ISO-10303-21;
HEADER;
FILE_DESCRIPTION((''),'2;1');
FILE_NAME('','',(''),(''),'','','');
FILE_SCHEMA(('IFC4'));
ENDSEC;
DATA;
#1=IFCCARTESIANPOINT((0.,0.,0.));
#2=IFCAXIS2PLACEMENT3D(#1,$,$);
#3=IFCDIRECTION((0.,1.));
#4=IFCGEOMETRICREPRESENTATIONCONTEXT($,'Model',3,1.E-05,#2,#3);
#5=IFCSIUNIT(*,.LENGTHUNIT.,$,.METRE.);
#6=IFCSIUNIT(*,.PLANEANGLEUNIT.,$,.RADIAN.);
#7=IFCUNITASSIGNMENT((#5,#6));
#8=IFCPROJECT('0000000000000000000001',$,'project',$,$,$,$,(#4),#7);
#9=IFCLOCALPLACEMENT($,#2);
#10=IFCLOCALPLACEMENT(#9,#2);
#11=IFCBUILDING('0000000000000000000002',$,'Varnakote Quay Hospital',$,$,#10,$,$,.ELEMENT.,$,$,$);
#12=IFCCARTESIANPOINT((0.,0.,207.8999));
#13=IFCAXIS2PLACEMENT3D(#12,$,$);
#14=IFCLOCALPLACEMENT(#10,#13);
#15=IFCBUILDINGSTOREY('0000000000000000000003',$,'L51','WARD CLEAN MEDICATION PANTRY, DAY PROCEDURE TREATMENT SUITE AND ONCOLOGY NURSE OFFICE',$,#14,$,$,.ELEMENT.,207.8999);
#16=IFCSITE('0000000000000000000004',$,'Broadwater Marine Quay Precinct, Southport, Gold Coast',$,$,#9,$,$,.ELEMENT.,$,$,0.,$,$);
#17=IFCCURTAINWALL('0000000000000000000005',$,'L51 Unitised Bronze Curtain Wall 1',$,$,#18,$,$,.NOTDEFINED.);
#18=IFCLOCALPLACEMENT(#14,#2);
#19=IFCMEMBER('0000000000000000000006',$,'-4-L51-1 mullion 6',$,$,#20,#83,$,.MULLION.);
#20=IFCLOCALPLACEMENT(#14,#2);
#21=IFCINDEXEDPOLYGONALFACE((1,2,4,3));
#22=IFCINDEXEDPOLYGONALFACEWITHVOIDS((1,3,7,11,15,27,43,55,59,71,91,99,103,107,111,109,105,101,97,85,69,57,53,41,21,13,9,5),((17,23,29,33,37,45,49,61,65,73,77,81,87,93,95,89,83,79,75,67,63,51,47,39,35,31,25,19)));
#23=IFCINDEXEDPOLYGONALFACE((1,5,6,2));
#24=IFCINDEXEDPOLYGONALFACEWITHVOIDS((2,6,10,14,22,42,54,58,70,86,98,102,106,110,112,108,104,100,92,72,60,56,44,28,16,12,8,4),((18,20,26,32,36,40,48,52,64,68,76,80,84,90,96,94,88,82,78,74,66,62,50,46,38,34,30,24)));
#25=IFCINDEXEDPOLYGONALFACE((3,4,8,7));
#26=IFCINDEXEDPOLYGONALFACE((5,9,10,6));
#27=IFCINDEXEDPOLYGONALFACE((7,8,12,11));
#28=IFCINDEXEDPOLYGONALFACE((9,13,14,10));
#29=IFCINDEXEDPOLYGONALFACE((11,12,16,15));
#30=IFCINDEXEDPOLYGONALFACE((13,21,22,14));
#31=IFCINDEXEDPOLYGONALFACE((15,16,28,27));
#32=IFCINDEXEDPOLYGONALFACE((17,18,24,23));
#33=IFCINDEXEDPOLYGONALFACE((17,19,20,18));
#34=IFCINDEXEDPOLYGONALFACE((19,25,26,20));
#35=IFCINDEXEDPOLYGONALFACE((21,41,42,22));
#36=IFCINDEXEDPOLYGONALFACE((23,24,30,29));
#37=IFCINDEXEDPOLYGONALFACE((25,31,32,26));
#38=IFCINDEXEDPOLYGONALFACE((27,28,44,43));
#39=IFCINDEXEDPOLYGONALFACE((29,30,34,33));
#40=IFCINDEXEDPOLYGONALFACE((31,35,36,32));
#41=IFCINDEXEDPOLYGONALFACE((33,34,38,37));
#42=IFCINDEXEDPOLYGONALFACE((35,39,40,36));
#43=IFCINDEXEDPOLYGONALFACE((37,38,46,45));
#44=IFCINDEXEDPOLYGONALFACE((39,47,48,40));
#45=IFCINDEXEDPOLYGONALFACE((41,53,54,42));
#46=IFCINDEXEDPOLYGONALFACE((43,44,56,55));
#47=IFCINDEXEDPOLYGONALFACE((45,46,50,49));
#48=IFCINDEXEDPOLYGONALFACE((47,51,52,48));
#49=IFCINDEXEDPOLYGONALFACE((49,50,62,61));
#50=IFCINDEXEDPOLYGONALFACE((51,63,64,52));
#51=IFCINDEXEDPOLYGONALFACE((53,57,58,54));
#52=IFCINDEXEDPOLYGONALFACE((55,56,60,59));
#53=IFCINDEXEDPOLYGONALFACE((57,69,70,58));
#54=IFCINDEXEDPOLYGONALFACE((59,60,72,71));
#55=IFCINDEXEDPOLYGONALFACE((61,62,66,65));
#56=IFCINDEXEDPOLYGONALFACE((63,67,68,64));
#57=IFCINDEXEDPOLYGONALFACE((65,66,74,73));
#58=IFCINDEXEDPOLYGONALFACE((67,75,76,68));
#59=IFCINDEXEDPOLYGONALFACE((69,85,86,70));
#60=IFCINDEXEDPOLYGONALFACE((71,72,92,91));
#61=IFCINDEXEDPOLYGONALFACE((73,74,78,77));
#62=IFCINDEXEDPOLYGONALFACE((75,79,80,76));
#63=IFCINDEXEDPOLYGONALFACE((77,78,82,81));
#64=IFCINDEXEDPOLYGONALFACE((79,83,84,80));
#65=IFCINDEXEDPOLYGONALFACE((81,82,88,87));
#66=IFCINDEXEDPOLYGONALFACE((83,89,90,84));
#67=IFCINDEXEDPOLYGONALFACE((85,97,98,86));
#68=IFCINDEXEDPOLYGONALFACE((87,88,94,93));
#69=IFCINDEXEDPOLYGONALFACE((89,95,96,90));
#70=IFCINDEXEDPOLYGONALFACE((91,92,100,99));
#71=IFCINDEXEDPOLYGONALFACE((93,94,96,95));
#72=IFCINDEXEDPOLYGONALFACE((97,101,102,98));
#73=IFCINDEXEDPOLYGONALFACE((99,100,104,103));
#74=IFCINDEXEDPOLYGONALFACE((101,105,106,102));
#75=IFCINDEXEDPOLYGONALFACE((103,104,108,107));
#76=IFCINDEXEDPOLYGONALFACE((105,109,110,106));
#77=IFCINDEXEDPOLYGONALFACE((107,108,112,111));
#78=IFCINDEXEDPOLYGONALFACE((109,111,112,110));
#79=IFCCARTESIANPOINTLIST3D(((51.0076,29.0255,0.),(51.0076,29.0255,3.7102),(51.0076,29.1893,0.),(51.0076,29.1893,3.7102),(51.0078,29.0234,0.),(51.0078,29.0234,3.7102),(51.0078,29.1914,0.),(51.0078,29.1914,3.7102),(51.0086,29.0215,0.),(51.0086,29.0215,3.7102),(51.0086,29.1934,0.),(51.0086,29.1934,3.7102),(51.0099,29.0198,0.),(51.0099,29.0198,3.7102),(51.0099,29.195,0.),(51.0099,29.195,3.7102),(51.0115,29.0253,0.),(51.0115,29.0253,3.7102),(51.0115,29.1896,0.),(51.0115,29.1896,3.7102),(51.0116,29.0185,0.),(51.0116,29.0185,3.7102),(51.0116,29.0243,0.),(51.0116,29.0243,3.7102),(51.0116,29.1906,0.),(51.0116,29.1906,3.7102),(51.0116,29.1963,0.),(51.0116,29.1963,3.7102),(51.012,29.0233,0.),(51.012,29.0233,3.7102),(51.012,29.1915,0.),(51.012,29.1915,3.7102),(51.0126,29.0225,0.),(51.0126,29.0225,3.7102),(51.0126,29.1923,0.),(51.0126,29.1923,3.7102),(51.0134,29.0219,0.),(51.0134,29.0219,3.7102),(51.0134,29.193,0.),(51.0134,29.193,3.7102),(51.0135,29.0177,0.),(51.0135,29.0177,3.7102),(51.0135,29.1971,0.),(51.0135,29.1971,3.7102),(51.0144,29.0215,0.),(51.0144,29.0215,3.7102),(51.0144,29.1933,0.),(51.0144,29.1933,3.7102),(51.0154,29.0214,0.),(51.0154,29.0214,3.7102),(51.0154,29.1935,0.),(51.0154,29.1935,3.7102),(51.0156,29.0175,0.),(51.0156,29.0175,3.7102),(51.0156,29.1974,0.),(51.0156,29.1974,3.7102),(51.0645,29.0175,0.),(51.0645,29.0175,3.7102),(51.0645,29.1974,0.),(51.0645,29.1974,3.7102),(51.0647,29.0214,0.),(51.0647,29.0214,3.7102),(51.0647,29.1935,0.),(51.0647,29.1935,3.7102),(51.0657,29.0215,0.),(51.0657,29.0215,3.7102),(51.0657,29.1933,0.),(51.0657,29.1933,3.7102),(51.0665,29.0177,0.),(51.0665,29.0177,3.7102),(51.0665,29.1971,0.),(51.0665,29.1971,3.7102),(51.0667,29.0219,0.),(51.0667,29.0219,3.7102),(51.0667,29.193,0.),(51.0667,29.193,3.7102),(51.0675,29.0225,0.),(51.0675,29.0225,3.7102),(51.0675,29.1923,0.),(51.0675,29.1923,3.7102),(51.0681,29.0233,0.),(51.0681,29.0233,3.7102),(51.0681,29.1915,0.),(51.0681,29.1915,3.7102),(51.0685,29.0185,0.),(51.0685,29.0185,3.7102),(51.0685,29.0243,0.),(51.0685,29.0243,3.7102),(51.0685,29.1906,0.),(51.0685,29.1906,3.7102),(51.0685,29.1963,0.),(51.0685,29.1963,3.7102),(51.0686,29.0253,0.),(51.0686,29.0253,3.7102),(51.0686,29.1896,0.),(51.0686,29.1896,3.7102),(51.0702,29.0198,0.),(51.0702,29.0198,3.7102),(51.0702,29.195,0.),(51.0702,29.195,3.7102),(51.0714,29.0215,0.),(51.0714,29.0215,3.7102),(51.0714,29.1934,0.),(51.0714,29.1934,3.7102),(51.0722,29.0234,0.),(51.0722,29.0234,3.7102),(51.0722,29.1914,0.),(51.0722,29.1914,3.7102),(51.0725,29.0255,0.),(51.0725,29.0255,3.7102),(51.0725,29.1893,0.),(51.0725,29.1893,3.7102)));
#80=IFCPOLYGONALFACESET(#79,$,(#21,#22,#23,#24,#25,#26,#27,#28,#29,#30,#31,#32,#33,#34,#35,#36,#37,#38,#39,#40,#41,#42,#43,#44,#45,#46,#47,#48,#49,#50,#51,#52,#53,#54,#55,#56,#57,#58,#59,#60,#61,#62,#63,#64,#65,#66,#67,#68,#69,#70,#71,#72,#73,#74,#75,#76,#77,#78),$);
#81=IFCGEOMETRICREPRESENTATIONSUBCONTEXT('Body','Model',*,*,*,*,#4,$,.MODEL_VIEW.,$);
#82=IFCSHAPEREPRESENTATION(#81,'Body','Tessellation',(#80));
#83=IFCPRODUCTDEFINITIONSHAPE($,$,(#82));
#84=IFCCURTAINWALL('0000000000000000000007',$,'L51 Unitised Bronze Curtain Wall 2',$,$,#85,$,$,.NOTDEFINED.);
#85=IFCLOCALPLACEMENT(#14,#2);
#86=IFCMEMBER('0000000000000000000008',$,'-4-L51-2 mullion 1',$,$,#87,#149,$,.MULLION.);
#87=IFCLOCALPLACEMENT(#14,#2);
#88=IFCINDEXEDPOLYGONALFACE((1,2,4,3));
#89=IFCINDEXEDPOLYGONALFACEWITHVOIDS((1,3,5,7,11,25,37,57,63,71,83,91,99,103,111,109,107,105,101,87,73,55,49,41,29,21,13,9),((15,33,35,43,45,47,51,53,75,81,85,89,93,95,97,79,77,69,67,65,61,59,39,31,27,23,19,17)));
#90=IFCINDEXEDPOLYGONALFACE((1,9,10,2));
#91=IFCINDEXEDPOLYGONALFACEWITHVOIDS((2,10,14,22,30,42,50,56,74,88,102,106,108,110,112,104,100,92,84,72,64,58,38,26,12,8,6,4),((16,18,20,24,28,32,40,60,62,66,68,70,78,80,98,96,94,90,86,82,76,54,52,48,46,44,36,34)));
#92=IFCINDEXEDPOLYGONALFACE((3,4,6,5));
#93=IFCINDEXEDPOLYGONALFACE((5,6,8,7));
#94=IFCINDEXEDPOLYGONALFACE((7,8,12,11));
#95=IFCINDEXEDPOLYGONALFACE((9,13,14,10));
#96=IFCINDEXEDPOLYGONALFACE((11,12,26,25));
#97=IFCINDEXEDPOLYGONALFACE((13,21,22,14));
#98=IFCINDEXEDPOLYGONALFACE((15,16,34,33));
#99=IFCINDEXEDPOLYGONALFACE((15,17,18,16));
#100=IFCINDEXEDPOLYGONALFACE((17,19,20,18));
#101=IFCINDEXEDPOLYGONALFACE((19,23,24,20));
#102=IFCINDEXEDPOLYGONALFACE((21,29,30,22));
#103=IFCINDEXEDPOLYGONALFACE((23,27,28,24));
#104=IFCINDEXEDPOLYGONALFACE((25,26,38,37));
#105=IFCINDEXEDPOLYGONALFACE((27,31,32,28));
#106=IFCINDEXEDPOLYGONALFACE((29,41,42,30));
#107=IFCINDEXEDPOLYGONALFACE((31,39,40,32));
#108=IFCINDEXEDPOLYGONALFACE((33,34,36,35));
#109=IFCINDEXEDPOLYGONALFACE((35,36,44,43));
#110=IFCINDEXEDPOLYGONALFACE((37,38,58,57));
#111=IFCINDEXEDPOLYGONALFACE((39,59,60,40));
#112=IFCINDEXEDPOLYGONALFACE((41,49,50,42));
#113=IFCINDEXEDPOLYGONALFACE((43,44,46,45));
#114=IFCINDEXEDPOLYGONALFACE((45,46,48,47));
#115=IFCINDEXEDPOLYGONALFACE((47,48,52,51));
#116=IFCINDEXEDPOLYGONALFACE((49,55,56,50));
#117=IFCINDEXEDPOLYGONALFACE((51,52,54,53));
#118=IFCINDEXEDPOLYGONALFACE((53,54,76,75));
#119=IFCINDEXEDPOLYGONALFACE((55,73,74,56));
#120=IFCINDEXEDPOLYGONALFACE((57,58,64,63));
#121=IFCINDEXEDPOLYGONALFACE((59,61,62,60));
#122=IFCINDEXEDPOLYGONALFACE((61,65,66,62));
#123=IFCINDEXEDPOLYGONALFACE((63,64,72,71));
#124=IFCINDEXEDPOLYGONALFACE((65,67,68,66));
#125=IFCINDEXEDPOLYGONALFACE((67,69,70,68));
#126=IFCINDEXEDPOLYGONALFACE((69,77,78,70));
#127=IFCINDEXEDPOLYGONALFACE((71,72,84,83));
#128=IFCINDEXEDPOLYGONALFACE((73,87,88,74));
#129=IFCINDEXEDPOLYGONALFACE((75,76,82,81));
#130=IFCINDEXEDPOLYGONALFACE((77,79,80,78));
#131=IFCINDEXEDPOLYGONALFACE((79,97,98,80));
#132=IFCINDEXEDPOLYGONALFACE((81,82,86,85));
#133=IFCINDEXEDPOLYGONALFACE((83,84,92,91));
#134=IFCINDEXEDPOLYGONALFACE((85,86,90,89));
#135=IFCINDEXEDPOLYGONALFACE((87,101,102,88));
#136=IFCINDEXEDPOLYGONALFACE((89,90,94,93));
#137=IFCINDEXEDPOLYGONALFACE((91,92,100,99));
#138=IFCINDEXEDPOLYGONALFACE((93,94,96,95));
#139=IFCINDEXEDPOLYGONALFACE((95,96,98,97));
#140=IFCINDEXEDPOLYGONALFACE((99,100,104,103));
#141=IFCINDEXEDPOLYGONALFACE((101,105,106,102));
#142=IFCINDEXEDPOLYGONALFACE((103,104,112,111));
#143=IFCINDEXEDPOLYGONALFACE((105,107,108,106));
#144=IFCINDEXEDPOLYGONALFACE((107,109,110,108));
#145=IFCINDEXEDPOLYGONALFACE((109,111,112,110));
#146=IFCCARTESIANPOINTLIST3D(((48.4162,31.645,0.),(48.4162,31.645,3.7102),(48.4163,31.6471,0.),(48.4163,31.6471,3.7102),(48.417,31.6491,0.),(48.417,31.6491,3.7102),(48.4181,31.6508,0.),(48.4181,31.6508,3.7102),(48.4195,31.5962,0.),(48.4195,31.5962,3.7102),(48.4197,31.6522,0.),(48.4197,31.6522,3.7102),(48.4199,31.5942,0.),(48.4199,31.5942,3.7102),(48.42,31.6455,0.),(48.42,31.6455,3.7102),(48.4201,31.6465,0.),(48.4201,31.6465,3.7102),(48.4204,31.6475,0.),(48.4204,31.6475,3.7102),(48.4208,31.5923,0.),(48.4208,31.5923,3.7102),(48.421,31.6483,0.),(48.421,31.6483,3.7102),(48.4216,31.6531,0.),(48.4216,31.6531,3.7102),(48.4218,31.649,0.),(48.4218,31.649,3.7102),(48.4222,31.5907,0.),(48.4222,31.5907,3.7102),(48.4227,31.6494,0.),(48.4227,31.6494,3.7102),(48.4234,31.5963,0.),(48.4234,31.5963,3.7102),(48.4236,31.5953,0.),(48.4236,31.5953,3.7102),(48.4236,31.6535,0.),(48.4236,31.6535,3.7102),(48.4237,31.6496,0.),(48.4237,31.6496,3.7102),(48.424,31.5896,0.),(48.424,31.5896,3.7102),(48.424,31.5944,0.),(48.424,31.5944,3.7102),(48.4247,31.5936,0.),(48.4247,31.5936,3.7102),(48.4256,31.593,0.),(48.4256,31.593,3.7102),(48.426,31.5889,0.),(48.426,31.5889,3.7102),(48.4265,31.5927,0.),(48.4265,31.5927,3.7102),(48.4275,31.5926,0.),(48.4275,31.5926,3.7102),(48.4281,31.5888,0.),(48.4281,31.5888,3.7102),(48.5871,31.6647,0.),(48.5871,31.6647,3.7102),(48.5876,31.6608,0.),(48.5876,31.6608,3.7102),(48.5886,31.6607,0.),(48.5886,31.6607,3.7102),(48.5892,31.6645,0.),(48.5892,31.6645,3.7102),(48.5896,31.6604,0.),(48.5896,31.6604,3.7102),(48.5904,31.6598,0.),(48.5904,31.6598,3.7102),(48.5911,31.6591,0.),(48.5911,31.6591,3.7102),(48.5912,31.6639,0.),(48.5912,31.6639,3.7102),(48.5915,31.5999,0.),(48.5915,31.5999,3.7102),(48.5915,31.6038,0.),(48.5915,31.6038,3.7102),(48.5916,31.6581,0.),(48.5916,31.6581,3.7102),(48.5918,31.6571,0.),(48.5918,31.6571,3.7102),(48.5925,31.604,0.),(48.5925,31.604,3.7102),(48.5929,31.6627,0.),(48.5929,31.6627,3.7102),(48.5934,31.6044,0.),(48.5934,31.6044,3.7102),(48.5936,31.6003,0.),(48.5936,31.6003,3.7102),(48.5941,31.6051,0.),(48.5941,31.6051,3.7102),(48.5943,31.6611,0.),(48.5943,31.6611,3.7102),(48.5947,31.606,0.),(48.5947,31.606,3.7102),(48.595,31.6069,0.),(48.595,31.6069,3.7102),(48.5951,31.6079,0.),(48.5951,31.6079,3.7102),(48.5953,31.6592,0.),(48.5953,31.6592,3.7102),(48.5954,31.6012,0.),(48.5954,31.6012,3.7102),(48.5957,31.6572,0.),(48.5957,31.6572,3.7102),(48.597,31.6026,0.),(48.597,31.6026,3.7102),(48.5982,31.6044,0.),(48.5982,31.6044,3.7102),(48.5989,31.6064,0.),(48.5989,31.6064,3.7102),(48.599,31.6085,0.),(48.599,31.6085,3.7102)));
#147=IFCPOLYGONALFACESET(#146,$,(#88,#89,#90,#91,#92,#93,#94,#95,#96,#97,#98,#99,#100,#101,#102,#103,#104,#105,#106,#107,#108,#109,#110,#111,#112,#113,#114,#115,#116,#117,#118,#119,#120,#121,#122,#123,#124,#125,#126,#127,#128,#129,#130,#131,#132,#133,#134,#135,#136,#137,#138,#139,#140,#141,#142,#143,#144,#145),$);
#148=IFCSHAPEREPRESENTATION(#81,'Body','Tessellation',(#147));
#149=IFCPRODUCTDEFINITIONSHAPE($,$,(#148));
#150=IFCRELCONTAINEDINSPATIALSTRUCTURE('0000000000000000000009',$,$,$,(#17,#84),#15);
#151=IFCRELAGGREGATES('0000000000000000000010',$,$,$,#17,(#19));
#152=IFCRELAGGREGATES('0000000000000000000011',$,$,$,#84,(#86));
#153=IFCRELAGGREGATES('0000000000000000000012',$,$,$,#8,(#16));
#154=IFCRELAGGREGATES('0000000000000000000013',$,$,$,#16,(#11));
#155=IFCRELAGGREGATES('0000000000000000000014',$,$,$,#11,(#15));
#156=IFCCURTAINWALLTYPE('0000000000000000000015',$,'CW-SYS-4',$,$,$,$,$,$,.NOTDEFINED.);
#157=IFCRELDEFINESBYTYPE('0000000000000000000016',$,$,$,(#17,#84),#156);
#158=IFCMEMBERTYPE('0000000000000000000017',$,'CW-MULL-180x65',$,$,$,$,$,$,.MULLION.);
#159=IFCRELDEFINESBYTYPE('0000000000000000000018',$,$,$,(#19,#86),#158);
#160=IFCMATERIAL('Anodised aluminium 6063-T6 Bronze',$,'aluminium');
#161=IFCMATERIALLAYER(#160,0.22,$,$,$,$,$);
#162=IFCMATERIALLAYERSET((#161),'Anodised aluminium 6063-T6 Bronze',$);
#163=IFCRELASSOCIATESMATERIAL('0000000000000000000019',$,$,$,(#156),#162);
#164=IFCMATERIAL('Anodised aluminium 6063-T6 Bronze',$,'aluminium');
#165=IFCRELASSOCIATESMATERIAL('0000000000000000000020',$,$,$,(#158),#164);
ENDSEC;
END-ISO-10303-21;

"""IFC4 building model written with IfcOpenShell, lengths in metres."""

from ifc_helpers import new_model, si_unit, direction, frame, origin, origin_2d, place, context, subcontext, project, spatial, hollow_rectangle, extrude, material, layer, layer_set, material_profile, profile_set, type_object, element, aggregate, save


model = new_model("IFC4")

# Units and contexts
model_context = context("Model", 3, precision=1e-05, world=origin(), true_north=direction((0.0, 1.0)))
body_context = subcontext(model_context, "Body", "Model", "MODEL_VIEW")
ifc_project = project(units=[si_unit("LENGTHUNIT", "METRE"), si_unit("PLANEANGLEUNIT", "RADIAN")], contexts=[model_context])

# Site, building, storey
site_placement = place(None, origin())
site = spatial("IfcSite", under=ifc_project, at=site_placement, Name="Broadwater Marine Quay Precinct, Southport, Gold Coast", CompositionType="ELEMENT", RefElevation=0.0)
building_placement = place(site_placement, origin())
building = spatial("IfcBuilding", under=site, at=building_placement, Name="Varnakote Quay Hospital", CompositionType="ELEMENT")
storey_placement = place(building_placement, frame((0.0, 0.0, 207.8999)))
storey = spatial("IfcBuildingStorey", under=building, at=storey_placement, Name="L51", Description="WARD CLEAN MEDICATION PANTRY, DAY PROCEDURE TREATMENT SUITE AND ONCOLOGY NURSE OFFICE", CompositionType="ELEMENT", Elevation=207.8999)

# Curtain walls, members
ifc_material_1 = material(Name="Anodised aluminium 6063-T6 Bronze", Category="aluminium")
ifc_layer_1 = layer(ifc_material_1, 0.22)
ifc_layer_set_1 = layer_set([ifc_layer_1], Name="Anodised aluminium 6063-T6 Bronze")
curtain_wall_type = type_object("IfcCurtainWallType", Name="CW-SYS-4", PredefinedType="NOTDEFINED", material=ifc_layer_set_1)
curtain_wall_1_placement = place(storey_placement, origin())
curtain_wall_1 = element("IfcCurtainWall", 1, at=curtain_wall_1_placement, inside=storey, type_object=curtain_wall_type, Name="L51 Unitised Bronze Curtain Wall 1", PredefinedType="NOTDEFINED")
ifc_material_2 = material(Name="Anodised aluminium 6063-T6 Bronze", Category="aluminium")
ifc_material_profile_1 = material_profile(ifc_material_2, hollow_rectangle(XDim=0.0649, YDim=0.1799, WallThickness=0.0039, InnerFilletRadius=0.0039, OuterFilletRadius=0.0081, at=origin_2d()), Name="CW-MULL-180x65")
ifc_profile_set_1 = profile_set([ifc_material_profile_1], Name="Anodised aluminium 6063-T6 Bronze")
member_type_1 = type_object("IfcMemberType", Name="CW-MULL-180x65", PredefinedType="MULLION", material=ifc_profile_set_1)
member_1_placement = place(storey_placement, frame((51.04, 29.1074, 0.0), z_axis=(0.0, 0.0, 1.0), x_axis=(-1.0, 0.0, 0.0)))
member_1 = element("IfcMember", 2, at=member_1_placement, type_object=member_type_1, Name="-4-L51-1 mullion 6", PredefinedType="MULLION", context=body_context, shape_type="SweptSolid", body=[
    extrude(hollow_rectangle(XDim=0.0649, YDim=0.1799, WallThickness=0.0039, InnerFilletRadius=0.0039, OuterFilletRadius=0.0081, at=origin_2d()), origin(), (0.0, 0.0, 1.0), 3.7102),
])
curtain_wall_2_placement = place(storey_placement, origin())
curtain_wall_2 = element("IfcCurtainWall", 3, at=curtain_wall_2_placement, inside=storey, type_object=curtain_wall_type, Name="L51 Unitised Bronze Curtain Wall 2", PredefinedType="NOTDEFINED")
member_2_placement = place(storey_placement, frame((48.5076, 31.6267, 0.0), z_axis=(0.0, 0.0, 1.0), x_axis=(0.067842, -0.997696, 0.0)))
member_2 = element("IfcMember", 4, at=member_2_placement, type_object=member_type_1, Name="-4-L51-2 mullion 1", PredefinedType="MULLION", context=body_context, shape_type="SweptSolid", body=[
    extrude(hollow_rectangle(XDim=0.0649, YDim=0.1799, WallThickness=0.0039, InnerFilletRadius=0.0039, OuterFilletRadius=0.0081, at=origin_2d()), origin(), (0.0, 0.0, 1.0), 3.7102),
])

aggregate(curtain_wall_1, [member_1])
aggregate(curtain_wall_2, [member_2])

save(model, "model.ifc")
